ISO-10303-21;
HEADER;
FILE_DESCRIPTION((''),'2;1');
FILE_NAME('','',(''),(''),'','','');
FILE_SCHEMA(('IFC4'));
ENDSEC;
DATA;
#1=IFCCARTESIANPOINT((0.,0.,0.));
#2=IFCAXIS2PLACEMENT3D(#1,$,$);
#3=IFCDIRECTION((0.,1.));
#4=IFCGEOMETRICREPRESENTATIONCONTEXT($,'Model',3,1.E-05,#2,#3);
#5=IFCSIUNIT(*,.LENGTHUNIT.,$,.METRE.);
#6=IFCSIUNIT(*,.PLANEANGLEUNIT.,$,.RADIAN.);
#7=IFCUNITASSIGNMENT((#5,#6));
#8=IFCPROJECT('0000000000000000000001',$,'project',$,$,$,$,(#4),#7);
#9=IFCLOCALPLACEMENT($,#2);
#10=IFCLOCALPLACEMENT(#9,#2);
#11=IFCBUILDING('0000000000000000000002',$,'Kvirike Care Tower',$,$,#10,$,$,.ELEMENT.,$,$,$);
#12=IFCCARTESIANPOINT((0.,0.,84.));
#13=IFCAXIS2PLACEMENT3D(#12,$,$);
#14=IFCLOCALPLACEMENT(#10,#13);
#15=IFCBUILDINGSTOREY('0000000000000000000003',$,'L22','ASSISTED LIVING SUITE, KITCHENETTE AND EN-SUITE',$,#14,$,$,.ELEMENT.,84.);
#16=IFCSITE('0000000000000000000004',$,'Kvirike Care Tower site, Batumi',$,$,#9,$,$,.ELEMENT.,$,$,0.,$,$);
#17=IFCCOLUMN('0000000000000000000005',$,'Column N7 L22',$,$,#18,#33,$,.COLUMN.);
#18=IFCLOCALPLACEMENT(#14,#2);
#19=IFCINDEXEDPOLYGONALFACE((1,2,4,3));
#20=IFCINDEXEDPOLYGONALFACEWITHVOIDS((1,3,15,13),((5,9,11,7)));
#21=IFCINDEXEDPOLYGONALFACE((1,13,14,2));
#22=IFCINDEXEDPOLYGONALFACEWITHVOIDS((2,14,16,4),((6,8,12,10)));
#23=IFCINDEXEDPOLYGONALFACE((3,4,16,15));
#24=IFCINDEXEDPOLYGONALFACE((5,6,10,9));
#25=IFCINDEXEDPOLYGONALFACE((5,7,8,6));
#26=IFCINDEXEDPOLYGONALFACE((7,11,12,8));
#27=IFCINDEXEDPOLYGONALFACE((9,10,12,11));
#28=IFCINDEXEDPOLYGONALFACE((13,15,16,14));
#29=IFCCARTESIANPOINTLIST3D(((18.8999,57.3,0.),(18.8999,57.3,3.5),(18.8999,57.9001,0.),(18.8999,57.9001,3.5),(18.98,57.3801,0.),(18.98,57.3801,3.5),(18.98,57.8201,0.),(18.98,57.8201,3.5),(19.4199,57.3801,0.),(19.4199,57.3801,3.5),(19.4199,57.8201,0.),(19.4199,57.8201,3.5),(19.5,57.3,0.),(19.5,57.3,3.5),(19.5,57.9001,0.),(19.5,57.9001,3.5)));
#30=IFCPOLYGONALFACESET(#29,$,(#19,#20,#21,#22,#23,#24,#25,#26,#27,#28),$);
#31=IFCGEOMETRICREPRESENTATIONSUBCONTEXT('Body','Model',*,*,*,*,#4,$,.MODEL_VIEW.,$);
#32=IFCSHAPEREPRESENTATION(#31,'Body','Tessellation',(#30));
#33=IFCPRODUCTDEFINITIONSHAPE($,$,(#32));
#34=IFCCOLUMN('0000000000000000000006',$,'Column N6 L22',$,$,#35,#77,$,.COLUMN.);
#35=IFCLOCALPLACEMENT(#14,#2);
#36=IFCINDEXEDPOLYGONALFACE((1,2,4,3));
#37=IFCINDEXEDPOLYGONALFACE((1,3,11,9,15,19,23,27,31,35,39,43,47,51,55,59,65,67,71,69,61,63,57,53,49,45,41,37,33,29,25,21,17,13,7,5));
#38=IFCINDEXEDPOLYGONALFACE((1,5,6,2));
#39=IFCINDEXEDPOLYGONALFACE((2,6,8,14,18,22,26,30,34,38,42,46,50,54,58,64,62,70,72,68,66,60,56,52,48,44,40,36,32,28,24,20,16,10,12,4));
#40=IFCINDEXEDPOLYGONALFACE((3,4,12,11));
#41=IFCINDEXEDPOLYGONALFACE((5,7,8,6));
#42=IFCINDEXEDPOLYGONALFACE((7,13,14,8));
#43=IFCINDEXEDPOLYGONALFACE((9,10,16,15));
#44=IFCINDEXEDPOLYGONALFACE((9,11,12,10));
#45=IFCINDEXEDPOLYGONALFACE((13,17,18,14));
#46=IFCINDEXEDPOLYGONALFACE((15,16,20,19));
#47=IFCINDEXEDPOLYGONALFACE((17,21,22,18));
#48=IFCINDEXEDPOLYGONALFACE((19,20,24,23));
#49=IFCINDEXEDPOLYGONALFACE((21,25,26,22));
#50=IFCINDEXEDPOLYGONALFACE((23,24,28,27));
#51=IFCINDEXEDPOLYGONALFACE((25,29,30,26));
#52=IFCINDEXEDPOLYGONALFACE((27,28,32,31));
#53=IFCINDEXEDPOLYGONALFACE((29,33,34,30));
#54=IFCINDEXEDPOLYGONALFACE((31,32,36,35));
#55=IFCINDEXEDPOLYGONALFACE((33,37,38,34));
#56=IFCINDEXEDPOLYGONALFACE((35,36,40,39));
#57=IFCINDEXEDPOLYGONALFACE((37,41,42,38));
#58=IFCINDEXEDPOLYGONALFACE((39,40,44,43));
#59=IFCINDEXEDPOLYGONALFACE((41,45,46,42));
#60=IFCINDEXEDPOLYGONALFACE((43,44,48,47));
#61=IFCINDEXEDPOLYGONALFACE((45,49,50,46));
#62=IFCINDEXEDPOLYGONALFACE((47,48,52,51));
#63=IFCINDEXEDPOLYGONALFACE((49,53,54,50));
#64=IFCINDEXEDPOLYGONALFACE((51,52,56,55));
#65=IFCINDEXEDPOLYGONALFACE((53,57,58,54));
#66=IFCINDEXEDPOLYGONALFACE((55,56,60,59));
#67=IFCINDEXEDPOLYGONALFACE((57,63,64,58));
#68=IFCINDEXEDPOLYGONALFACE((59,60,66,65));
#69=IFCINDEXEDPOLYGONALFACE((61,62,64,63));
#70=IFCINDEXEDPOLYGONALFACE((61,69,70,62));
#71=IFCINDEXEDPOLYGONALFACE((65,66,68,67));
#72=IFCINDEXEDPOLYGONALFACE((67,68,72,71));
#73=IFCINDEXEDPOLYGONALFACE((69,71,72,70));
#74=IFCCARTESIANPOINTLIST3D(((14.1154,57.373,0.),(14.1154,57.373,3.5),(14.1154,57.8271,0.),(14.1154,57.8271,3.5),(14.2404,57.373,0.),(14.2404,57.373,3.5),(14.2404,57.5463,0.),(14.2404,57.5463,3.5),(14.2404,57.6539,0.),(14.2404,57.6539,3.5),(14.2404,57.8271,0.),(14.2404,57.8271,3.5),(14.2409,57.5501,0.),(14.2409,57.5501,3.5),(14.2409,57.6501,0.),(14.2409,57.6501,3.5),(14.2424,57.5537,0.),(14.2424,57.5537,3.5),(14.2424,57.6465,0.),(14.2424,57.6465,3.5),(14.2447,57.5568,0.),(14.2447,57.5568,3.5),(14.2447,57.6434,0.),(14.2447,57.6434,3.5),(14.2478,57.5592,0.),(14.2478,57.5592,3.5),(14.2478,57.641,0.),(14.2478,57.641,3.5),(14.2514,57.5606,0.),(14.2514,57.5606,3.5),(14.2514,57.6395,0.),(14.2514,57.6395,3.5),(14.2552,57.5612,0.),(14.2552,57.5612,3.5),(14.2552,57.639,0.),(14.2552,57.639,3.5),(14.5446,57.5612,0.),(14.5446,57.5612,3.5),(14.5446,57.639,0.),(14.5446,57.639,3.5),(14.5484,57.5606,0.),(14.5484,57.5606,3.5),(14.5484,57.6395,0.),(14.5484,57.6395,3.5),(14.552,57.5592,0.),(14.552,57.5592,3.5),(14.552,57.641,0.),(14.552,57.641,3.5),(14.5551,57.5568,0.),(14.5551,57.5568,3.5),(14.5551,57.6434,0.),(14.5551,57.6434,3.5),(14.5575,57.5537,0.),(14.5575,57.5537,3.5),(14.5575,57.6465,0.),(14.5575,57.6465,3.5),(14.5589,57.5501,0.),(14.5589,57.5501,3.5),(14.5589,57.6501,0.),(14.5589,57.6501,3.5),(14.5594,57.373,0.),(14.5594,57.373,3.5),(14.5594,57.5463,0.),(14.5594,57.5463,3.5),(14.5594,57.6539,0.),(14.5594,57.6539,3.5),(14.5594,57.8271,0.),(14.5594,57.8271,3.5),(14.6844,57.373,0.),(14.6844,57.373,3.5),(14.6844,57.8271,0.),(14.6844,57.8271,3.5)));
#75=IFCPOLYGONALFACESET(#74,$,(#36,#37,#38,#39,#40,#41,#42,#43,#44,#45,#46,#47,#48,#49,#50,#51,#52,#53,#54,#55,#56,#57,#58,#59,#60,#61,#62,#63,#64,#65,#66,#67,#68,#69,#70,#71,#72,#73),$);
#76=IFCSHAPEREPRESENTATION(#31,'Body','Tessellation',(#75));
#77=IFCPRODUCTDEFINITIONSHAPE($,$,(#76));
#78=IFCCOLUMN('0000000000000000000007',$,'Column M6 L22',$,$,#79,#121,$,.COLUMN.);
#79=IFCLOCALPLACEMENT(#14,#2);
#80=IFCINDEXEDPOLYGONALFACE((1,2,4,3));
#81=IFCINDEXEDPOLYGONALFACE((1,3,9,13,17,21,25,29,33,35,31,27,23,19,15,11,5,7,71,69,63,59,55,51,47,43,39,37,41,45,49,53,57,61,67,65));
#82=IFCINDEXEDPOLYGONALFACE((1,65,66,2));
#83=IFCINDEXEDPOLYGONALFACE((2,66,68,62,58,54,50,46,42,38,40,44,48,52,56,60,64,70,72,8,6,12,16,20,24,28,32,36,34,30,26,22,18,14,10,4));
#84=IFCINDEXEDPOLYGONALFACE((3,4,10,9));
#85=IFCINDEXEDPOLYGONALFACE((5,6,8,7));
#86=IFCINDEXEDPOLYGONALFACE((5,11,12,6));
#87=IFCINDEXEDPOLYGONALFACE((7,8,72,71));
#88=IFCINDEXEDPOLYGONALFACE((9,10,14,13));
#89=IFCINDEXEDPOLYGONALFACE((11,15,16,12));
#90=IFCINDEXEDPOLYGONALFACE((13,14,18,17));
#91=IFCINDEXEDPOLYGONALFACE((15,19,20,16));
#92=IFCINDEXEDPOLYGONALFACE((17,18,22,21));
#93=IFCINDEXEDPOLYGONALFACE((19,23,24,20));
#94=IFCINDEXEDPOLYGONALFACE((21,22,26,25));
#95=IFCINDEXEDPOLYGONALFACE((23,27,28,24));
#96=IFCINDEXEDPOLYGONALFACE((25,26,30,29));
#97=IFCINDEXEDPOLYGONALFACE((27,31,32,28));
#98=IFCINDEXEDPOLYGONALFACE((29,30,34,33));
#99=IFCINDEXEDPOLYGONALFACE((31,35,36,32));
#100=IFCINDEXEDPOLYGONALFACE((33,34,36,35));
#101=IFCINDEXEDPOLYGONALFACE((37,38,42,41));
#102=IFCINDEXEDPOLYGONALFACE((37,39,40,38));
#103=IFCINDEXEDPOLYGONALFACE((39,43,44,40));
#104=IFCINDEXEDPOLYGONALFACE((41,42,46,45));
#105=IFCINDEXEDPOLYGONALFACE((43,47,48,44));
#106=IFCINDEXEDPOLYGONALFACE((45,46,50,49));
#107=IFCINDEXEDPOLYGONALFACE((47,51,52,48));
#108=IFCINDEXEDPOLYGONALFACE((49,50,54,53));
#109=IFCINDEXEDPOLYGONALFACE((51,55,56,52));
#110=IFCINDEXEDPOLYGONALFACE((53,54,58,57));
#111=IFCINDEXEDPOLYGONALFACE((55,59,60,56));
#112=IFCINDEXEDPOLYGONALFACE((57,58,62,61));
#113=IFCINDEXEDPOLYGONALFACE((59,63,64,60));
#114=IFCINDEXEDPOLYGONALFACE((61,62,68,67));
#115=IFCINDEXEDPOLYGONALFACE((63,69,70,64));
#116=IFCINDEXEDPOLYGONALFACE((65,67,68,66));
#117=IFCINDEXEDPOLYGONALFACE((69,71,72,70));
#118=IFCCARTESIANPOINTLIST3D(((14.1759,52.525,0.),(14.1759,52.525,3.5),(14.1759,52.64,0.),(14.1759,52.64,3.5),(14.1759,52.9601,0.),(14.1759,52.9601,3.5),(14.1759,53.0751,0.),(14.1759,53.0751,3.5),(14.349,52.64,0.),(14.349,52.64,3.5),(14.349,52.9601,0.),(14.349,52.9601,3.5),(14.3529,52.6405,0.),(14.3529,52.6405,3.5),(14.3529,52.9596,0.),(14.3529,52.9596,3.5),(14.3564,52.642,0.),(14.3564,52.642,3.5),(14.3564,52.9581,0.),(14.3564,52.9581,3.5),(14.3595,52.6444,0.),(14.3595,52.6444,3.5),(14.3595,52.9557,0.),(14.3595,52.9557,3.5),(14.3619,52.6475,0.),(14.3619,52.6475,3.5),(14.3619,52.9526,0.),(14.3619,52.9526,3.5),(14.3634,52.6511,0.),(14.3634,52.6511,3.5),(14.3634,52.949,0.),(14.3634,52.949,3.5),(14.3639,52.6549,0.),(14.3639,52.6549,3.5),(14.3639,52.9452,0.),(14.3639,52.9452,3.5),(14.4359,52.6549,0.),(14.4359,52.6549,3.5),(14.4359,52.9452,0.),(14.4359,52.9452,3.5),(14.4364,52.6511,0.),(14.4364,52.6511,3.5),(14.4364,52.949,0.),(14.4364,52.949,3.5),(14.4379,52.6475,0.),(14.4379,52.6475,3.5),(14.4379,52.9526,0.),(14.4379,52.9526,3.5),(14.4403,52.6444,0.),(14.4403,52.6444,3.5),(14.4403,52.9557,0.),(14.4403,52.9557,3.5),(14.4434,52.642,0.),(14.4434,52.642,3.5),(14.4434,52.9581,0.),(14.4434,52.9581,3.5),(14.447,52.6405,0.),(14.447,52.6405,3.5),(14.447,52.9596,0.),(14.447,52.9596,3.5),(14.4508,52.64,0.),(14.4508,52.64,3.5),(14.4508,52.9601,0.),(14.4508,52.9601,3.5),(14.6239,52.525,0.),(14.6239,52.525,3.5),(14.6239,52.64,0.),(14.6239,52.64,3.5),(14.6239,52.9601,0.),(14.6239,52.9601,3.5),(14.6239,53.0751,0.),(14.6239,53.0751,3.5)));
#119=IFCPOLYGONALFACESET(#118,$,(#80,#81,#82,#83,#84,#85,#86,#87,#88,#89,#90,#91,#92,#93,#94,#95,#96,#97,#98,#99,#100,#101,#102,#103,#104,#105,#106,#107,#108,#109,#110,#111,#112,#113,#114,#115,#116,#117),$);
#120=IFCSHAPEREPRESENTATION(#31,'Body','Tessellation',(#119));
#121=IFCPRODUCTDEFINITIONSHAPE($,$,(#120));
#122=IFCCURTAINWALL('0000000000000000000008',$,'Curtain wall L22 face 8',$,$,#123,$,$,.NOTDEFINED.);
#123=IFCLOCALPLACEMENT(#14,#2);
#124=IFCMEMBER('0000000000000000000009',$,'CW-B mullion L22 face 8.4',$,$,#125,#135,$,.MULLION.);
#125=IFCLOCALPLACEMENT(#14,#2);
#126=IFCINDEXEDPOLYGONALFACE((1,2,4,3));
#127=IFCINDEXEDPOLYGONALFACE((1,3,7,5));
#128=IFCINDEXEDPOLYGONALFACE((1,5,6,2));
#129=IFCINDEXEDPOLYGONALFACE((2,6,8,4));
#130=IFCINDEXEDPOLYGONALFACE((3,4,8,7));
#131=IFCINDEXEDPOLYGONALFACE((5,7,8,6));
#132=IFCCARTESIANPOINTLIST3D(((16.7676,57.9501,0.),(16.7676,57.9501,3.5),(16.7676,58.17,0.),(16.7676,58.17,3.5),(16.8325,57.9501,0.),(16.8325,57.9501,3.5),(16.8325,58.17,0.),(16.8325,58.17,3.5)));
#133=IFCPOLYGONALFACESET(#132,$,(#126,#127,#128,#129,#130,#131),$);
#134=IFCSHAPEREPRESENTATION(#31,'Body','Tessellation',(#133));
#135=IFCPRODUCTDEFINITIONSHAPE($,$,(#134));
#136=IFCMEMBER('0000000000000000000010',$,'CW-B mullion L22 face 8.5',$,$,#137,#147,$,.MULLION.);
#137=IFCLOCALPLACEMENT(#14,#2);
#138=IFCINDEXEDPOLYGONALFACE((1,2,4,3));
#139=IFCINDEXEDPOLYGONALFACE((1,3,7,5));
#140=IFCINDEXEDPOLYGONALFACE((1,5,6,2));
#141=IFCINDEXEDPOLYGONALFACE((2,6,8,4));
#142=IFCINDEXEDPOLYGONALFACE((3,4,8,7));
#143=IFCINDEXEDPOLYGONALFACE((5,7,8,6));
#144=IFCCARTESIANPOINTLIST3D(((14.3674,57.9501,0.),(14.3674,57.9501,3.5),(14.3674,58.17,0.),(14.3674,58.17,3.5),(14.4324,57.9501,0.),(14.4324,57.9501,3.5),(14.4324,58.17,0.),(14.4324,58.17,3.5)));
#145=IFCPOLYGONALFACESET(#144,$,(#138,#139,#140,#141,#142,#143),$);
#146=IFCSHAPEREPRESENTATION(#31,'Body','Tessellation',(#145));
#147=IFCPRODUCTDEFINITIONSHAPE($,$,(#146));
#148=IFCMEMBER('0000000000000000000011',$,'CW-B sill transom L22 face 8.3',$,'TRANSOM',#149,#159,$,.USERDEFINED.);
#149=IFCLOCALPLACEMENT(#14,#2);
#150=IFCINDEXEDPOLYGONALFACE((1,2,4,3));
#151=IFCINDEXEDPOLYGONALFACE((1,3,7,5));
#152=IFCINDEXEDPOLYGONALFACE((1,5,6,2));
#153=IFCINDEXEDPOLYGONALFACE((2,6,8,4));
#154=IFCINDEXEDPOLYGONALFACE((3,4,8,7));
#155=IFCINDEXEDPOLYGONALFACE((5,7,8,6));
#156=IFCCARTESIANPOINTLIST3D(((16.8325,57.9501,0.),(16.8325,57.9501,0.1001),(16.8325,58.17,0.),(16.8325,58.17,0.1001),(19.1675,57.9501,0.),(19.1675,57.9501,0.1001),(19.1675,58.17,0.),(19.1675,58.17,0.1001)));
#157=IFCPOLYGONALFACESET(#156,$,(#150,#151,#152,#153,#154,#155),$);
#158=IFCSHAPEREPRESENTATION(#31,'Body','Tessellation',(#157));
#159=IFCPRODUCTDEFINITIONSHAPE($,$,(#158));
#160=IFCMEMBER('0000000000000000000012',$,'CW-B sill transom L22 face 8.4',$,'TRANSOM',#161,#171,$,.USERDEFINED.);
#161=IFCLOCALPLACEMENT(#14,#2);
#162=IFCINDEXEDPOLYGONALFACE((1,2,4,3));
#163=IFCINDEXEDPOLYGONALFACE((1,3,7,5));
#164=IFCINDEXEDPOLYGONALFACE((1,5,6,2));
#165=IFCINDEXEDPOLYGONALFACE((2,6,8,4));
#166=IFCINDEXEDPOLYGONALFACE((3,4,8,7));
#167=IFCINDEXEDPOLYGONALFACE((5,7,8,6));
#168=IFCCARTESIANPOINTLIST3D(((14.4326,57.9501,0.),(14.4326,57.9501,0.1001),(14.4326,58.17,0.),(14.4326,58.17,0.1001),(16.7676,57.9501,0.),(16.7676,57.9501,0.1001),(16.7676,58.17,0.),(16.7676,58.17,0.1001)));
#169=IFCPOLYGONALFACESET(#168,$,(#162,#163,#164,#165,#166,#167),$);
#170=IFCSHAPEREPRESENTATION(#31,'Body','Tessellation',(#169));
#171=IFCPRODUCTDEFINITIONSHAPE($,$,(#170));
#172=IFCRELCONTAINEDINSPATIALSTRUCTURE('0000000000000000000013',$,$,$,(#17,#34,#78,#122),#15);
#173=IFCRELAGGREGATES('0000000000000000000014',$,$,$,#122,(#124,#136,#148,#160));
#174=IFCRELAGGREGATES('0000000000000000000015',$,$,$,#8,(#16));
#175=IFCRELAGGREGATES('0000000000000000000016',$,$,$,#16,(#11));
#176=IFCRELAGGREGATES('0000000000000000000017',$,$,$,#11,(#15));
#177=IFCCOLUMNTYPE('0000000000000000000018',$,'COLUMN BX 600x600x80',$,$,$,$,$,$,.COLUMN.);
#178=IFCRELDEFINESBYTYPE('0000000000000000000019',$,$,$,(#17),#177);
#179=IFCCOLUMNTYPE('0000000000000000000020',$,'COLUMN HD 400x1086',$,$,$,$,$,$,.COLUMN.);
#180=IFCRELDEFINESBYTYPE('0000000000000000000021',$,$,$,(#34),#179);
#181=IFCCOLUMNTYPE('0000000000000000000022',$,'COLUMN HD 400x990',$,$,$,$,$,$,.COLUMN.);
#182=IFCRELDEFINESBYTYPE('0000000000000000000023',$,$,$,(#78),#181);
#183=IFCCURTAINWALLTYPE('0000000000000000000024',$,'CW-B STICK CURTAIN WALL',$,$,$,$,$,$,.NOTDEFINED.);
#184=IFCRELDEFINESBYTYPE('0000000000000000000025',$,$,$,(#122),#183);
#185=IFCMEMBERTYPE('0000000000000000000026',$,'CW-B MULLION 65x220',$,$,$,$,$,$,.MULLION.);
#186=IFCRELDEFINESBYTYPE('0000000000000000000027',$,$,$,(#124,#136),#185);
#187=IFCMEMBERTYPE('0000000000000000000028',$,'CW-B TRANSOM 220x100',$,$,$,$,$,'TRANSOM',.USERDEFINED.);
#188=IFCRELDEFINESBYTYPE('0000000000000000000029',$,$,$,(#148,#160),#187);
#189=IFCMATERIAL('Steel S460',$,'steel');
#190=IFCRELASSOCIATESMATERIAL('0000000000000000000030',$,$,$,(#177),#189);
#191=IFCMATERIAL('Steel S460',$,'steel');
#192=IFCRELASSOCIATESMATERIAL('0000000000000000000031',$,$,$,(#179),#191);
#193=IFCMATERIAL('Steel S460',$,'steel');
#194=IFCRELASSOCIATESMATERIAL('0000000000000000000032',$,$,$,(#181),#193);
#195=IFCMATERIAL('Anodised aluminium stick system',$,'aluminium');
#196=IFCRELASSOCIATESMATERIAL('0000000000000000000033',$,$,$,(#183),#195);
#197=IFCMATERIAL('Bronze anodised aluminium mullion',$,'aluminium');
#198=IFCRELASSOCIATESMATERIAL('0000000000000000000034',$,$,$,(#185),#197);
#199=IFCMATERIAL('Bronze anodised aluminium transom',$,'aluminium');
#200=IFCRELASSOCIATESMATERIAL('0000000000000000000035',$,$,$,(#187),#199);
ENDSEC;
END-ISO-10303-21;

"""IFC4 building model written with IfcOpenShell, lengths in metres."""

from ifc_helpers import new_model, si_unit, direction, frame, origin, origin_2d, place, context, subcontext, project, spatial, rectangle, hollow_rectangle, i_section, extrude, material, material_profile, profile_set, type_object, element, aggregate, save


model = new_model("IFC4")

# Units and contexts
model_context = context("Model", 3, precision=1e-05, world=origin(), true_north=direction((0.0, 1.0)))
body_context = subcontext(model_context, "Body", "Model", "MODEL_VIEW")
ifc_project = project(units=[si_unit("LENGTHUNIT", "METRE"), si_unit("PLANEANGLEUNIT", "RADIAN")], contexts=[model_context])

# Site, building, storey
site_placement = place(None, origin())
site = spatial("IfcSite", under=ifc_project, at=site_placement, Name="Kvirike Care Tower site, Batumi", CompositionType="ELEMENT", RefElevation=0.0)
building_placement = place(site_placement, origin())
building = spatial("IfcBuilding", under=site, at=building_placement, Name="Kvirike Care Tower", CompositionType="ELEMENT")
storey_placement = place(building_placement, frame((0.0, 0.0, 84.0)))
storey = spatial("IfcBuildingStorey", under=building, at=storey_placement, Name="L22", Description="ASSISTED LIVING SUITE, KITCHENETTE AND EN-SUITE", CompositionType="ELEMENT", Elevation=84.0)

# Columns
ifc_material_1 = material(Name="Steel S460", Category="steel")
ifc_material_profile_1 = material_profile(ifc_material_1, hollow_rectangle(XDim=0.6001, YDim=0.6001, WallThickness=0.0801, at=origin_2d()), Name="BX 600x600x80")
ifc_profile_set_1 = profile_set([ifc_material_profile_1], Name="Steel S460")
column_type_1 = type_object("IfcColumnType", Name="COLUMN BX 600x600x80", PredefinedType="COLUMN", material=ifc_profile_set_1)
column_1_placement = place(storey_placement, frame((19.2, 57.6001, 0.0), z_axis=(0.0, 0.0, 1.0), x_axis=(0.0, 1.0, 0.0)))
element("IfcColumn", 1, at=column_1_placement, inside=storey, type_object=column_type_1, Name="Column N7 L22", PredefinedType="COLUMN", context=body_context, shape_type="SweptSolid", body=[
    extrude(hollow_rectangle(XDim=0.6001, YDim=0.6001, WallThickness=0.0801, at=origin_2d()), origin(), (0.0, 0.0, 1.0), 3.5),
])
ifc_material_2 = material(Name="Steel S460", Category="steel")
ifc_material_profile_2 = material_profile(ifc_material_2, i_section(OverallWidth=0.4541, OverallDepth=0.5691, WebThickness=0.0779, FlangeThickness=0.125, FilletRadius=0.0149, at=origin_2d()), Name="HD 400x1086")
ifc_profile_set_2 = profile_set([ifc_material_profile_2], Name="Steel S460")
column_type_2 = type_object("IfcColumnType", Name="COLUMN HD 400x1086", PredefinedType="COLUMN", material=ifc_profile_set_2)
column_2_placement = place(storey_placement, frame((14.3999, 57.6001, 0.0), z_axis=(0.0, 0.0, 1.0), x_axis=(0.0, 1.0, 0.0)))
element("IfcColumn", 2, at=column_2_placement, inside=storey, type_object=column_type_2, Name="Column N6 L22", PredefinedType="COLUMN", context=body_context, shape_type="SweptSolid", body=[
    extrude(i_section(OverallWidth=0.4541, OverallDepth=0.5691, WebThickness=0.0779, FlangeThickness=0.125, FilletRadius=0.0149, at=origin_2d()), origin(), (0.0, 0.0, 1.0), 3.5),
])
ifc_material_3 = material(Name="Steel S460", Category="steel")
ifc_material_profile_3 = material_profile(ifc_material_3, i_section(OverallWidth=0.448, OverallDepth=0.55, WebThickness=0.072, FlangeThickness=0.115, FilletRadius=0.0149, at=origin_2d()), Name="HD 400x990")
ifc_profile_set_3 = profile_set([ifc_material_profile_3], Name="Steel S460")
column_type_3 = type_object("IfcColumnType", Name="COLUMN HD 400x990", PredefinedType="COLUMN", material=ifc_profile_set_3)
column_3_placement = place(storey_placement, frame((14.3999, 52.8, 0.0), z_axis=(0.0, 0.0, 1.0), x_axis=(1.0, 0.0, 0.0)))
element("IfcColumn", 3, at=column_3_placement, inside=storey, type_object=column_type_3, Name="Column M6 L22", PredefinedType="COLUMN", context=body_context, shape_type="SweptSolid", body=[
    extrude(i_section(OverallWidth=0.448, OverallDepth=0.55, WebThickness=0.072, FlangeThickness=0.115, FilletRadius=0.0149, at=origin_2d()), origin(), (0.0, 0.0, 1.0), 3.5),
])

# Curtain wall, members
ifc_material_4 = material(Name="Anodised aluminium stick system", Category="aluminium")
curtain_wall_type = type_object("IfcCurtainWallType", Name="CW-B STICK CURTAIN WALL", PredefinedType="NOTDEFINED", material=ifc_material_4)
curtain_wall_placement = place(storey_placement, origin())
curtain_wall = element("IfcCurtainWall", 4, at=curtain_wall_placement, inside=storey, type_object=curtain_wall_type, Name="Curtain wall L22 face 8", PredefinedType="NOTDEFINED")
ifc_material_5 = material(Name="Bronze anodised aluminium mullion", Category="aluminium")
ifc_material_profile_4 = material_profile(ifc_material_5, rectangle(XDim=0.0649, YDim=0.22, at=origin_2d()), Name="CW-B MULLION 65x220")
ifc_profile_set_4 = profile_set([ifc_material_profile_4], Name="Bronze anodised aluminium mullion")
member_type_1 = type_object("IfcMemberType", Name="CW-B MULLION 65x220", PredefinedType="MULLION", material=ifc_profile_set_4)
member_1_placement = place(storey_placement, frame((16.8, 58.0601, 0.0), z_axis=(0.0, 0.0, 1.0), x_axis=(-1.0, 0.0, 0.0)))
member_1 = element("IfcMember", 5, at=member_1_placement, type_object=member_type_1, Name="CW-B mullion L22 face 8.4", PredefinedType="MULLION", context=body_context, shape_type="SweptSolid", body=[
    extrude(rectangle(XDim=0.0649, YDim=0.22, at=origin_2d()), origin(), (0.0, 0.0, 1.0), 3.5),
])
member_2_placement = place(storey_placement, frame((14.3999, 58.0601, 0.0), z_axis=(0.0, 0.0, 1.0), x_axis=(-1.0, 0.0, 0.0)))
member_2 = element("IfcMember", 6, at=member_2_placement, type_object=member_type_1, Name="CW-B mullion L22 face 8.5", PredefinedType="MULLION", context=body_context, shape_type="SweptSolid", body=[
    extrude(rectangle(XDim=0.0649, YDim=0.22, at=origin_2d()), origin(), (0.0, 0.0, 1.0), 3.5),
])
ifc_material_6 = material(Name="Bronze anodised aluminium transom", Category="aluminium")
ifc_material_profile_5 = material_profile(ifc_material_6, rectangle(XDim=0.22, YDim=0.1001, at=origin_2d()), Name="CW-B TRANSOM 220x100")
ifc_profile_set_5 = profile_set([ifc_material_profile_5], Name="Bronze anodised aluminium transom")
member_type_2 = type_object("IfcMemberType", Name="CW-B TRANSOM 220x100", ElementType="TRANSOM", PredefinedType="USERDEFINED", material=ifc_profile_set_5)
member_3_placement = place(storey_placement, frame((19.1675, 58.0601, 0.05), z_axis=(-1.0, 0.0, 0.0), x_axis=(0.0, -1.0, 0.0)))
member_3 = element("IfcMember", 7, at=member_3_placement, type_object=member_type_2, Name="CW-B sill transom L22 face 8.3", ObjectType="TRANSOM", PredefinedType="USERDEFINED", context=body_context, shape_type="SweptSolid", body=[
    extrude(rectangle(XDim=0.22, YDim=0.1001, at=origin_2d()), origin(), (0.0, 0.0, 1.0), 2.335),
])
member_4_placement = place(storey_placement, frame((16.7676, 58.0601, 0.05), z_axis=(-1.0, 0.0, 0.0), x_axis=(0.0, -1.0, 0.0)))
member_4 = element("IfcMember", 8, at=member_4_placement, type_object=member_type_2, Name="CW-B sill transom L22 face 8.4", ObjectType="TRANSOM", PredefinedType="USERDEFINED", context=body_context, shape_type="SweptSolid", body=[
    extrude(rectangle(XDim=0.22, YDim=0.1001, at=origin_2d()), origin(), (0.0, 0.0, 1.0), 2.335),
])

aggregate(curtain_wall, [member_1, member_2, member_3, member_4])

save(model, "model.ifc")
